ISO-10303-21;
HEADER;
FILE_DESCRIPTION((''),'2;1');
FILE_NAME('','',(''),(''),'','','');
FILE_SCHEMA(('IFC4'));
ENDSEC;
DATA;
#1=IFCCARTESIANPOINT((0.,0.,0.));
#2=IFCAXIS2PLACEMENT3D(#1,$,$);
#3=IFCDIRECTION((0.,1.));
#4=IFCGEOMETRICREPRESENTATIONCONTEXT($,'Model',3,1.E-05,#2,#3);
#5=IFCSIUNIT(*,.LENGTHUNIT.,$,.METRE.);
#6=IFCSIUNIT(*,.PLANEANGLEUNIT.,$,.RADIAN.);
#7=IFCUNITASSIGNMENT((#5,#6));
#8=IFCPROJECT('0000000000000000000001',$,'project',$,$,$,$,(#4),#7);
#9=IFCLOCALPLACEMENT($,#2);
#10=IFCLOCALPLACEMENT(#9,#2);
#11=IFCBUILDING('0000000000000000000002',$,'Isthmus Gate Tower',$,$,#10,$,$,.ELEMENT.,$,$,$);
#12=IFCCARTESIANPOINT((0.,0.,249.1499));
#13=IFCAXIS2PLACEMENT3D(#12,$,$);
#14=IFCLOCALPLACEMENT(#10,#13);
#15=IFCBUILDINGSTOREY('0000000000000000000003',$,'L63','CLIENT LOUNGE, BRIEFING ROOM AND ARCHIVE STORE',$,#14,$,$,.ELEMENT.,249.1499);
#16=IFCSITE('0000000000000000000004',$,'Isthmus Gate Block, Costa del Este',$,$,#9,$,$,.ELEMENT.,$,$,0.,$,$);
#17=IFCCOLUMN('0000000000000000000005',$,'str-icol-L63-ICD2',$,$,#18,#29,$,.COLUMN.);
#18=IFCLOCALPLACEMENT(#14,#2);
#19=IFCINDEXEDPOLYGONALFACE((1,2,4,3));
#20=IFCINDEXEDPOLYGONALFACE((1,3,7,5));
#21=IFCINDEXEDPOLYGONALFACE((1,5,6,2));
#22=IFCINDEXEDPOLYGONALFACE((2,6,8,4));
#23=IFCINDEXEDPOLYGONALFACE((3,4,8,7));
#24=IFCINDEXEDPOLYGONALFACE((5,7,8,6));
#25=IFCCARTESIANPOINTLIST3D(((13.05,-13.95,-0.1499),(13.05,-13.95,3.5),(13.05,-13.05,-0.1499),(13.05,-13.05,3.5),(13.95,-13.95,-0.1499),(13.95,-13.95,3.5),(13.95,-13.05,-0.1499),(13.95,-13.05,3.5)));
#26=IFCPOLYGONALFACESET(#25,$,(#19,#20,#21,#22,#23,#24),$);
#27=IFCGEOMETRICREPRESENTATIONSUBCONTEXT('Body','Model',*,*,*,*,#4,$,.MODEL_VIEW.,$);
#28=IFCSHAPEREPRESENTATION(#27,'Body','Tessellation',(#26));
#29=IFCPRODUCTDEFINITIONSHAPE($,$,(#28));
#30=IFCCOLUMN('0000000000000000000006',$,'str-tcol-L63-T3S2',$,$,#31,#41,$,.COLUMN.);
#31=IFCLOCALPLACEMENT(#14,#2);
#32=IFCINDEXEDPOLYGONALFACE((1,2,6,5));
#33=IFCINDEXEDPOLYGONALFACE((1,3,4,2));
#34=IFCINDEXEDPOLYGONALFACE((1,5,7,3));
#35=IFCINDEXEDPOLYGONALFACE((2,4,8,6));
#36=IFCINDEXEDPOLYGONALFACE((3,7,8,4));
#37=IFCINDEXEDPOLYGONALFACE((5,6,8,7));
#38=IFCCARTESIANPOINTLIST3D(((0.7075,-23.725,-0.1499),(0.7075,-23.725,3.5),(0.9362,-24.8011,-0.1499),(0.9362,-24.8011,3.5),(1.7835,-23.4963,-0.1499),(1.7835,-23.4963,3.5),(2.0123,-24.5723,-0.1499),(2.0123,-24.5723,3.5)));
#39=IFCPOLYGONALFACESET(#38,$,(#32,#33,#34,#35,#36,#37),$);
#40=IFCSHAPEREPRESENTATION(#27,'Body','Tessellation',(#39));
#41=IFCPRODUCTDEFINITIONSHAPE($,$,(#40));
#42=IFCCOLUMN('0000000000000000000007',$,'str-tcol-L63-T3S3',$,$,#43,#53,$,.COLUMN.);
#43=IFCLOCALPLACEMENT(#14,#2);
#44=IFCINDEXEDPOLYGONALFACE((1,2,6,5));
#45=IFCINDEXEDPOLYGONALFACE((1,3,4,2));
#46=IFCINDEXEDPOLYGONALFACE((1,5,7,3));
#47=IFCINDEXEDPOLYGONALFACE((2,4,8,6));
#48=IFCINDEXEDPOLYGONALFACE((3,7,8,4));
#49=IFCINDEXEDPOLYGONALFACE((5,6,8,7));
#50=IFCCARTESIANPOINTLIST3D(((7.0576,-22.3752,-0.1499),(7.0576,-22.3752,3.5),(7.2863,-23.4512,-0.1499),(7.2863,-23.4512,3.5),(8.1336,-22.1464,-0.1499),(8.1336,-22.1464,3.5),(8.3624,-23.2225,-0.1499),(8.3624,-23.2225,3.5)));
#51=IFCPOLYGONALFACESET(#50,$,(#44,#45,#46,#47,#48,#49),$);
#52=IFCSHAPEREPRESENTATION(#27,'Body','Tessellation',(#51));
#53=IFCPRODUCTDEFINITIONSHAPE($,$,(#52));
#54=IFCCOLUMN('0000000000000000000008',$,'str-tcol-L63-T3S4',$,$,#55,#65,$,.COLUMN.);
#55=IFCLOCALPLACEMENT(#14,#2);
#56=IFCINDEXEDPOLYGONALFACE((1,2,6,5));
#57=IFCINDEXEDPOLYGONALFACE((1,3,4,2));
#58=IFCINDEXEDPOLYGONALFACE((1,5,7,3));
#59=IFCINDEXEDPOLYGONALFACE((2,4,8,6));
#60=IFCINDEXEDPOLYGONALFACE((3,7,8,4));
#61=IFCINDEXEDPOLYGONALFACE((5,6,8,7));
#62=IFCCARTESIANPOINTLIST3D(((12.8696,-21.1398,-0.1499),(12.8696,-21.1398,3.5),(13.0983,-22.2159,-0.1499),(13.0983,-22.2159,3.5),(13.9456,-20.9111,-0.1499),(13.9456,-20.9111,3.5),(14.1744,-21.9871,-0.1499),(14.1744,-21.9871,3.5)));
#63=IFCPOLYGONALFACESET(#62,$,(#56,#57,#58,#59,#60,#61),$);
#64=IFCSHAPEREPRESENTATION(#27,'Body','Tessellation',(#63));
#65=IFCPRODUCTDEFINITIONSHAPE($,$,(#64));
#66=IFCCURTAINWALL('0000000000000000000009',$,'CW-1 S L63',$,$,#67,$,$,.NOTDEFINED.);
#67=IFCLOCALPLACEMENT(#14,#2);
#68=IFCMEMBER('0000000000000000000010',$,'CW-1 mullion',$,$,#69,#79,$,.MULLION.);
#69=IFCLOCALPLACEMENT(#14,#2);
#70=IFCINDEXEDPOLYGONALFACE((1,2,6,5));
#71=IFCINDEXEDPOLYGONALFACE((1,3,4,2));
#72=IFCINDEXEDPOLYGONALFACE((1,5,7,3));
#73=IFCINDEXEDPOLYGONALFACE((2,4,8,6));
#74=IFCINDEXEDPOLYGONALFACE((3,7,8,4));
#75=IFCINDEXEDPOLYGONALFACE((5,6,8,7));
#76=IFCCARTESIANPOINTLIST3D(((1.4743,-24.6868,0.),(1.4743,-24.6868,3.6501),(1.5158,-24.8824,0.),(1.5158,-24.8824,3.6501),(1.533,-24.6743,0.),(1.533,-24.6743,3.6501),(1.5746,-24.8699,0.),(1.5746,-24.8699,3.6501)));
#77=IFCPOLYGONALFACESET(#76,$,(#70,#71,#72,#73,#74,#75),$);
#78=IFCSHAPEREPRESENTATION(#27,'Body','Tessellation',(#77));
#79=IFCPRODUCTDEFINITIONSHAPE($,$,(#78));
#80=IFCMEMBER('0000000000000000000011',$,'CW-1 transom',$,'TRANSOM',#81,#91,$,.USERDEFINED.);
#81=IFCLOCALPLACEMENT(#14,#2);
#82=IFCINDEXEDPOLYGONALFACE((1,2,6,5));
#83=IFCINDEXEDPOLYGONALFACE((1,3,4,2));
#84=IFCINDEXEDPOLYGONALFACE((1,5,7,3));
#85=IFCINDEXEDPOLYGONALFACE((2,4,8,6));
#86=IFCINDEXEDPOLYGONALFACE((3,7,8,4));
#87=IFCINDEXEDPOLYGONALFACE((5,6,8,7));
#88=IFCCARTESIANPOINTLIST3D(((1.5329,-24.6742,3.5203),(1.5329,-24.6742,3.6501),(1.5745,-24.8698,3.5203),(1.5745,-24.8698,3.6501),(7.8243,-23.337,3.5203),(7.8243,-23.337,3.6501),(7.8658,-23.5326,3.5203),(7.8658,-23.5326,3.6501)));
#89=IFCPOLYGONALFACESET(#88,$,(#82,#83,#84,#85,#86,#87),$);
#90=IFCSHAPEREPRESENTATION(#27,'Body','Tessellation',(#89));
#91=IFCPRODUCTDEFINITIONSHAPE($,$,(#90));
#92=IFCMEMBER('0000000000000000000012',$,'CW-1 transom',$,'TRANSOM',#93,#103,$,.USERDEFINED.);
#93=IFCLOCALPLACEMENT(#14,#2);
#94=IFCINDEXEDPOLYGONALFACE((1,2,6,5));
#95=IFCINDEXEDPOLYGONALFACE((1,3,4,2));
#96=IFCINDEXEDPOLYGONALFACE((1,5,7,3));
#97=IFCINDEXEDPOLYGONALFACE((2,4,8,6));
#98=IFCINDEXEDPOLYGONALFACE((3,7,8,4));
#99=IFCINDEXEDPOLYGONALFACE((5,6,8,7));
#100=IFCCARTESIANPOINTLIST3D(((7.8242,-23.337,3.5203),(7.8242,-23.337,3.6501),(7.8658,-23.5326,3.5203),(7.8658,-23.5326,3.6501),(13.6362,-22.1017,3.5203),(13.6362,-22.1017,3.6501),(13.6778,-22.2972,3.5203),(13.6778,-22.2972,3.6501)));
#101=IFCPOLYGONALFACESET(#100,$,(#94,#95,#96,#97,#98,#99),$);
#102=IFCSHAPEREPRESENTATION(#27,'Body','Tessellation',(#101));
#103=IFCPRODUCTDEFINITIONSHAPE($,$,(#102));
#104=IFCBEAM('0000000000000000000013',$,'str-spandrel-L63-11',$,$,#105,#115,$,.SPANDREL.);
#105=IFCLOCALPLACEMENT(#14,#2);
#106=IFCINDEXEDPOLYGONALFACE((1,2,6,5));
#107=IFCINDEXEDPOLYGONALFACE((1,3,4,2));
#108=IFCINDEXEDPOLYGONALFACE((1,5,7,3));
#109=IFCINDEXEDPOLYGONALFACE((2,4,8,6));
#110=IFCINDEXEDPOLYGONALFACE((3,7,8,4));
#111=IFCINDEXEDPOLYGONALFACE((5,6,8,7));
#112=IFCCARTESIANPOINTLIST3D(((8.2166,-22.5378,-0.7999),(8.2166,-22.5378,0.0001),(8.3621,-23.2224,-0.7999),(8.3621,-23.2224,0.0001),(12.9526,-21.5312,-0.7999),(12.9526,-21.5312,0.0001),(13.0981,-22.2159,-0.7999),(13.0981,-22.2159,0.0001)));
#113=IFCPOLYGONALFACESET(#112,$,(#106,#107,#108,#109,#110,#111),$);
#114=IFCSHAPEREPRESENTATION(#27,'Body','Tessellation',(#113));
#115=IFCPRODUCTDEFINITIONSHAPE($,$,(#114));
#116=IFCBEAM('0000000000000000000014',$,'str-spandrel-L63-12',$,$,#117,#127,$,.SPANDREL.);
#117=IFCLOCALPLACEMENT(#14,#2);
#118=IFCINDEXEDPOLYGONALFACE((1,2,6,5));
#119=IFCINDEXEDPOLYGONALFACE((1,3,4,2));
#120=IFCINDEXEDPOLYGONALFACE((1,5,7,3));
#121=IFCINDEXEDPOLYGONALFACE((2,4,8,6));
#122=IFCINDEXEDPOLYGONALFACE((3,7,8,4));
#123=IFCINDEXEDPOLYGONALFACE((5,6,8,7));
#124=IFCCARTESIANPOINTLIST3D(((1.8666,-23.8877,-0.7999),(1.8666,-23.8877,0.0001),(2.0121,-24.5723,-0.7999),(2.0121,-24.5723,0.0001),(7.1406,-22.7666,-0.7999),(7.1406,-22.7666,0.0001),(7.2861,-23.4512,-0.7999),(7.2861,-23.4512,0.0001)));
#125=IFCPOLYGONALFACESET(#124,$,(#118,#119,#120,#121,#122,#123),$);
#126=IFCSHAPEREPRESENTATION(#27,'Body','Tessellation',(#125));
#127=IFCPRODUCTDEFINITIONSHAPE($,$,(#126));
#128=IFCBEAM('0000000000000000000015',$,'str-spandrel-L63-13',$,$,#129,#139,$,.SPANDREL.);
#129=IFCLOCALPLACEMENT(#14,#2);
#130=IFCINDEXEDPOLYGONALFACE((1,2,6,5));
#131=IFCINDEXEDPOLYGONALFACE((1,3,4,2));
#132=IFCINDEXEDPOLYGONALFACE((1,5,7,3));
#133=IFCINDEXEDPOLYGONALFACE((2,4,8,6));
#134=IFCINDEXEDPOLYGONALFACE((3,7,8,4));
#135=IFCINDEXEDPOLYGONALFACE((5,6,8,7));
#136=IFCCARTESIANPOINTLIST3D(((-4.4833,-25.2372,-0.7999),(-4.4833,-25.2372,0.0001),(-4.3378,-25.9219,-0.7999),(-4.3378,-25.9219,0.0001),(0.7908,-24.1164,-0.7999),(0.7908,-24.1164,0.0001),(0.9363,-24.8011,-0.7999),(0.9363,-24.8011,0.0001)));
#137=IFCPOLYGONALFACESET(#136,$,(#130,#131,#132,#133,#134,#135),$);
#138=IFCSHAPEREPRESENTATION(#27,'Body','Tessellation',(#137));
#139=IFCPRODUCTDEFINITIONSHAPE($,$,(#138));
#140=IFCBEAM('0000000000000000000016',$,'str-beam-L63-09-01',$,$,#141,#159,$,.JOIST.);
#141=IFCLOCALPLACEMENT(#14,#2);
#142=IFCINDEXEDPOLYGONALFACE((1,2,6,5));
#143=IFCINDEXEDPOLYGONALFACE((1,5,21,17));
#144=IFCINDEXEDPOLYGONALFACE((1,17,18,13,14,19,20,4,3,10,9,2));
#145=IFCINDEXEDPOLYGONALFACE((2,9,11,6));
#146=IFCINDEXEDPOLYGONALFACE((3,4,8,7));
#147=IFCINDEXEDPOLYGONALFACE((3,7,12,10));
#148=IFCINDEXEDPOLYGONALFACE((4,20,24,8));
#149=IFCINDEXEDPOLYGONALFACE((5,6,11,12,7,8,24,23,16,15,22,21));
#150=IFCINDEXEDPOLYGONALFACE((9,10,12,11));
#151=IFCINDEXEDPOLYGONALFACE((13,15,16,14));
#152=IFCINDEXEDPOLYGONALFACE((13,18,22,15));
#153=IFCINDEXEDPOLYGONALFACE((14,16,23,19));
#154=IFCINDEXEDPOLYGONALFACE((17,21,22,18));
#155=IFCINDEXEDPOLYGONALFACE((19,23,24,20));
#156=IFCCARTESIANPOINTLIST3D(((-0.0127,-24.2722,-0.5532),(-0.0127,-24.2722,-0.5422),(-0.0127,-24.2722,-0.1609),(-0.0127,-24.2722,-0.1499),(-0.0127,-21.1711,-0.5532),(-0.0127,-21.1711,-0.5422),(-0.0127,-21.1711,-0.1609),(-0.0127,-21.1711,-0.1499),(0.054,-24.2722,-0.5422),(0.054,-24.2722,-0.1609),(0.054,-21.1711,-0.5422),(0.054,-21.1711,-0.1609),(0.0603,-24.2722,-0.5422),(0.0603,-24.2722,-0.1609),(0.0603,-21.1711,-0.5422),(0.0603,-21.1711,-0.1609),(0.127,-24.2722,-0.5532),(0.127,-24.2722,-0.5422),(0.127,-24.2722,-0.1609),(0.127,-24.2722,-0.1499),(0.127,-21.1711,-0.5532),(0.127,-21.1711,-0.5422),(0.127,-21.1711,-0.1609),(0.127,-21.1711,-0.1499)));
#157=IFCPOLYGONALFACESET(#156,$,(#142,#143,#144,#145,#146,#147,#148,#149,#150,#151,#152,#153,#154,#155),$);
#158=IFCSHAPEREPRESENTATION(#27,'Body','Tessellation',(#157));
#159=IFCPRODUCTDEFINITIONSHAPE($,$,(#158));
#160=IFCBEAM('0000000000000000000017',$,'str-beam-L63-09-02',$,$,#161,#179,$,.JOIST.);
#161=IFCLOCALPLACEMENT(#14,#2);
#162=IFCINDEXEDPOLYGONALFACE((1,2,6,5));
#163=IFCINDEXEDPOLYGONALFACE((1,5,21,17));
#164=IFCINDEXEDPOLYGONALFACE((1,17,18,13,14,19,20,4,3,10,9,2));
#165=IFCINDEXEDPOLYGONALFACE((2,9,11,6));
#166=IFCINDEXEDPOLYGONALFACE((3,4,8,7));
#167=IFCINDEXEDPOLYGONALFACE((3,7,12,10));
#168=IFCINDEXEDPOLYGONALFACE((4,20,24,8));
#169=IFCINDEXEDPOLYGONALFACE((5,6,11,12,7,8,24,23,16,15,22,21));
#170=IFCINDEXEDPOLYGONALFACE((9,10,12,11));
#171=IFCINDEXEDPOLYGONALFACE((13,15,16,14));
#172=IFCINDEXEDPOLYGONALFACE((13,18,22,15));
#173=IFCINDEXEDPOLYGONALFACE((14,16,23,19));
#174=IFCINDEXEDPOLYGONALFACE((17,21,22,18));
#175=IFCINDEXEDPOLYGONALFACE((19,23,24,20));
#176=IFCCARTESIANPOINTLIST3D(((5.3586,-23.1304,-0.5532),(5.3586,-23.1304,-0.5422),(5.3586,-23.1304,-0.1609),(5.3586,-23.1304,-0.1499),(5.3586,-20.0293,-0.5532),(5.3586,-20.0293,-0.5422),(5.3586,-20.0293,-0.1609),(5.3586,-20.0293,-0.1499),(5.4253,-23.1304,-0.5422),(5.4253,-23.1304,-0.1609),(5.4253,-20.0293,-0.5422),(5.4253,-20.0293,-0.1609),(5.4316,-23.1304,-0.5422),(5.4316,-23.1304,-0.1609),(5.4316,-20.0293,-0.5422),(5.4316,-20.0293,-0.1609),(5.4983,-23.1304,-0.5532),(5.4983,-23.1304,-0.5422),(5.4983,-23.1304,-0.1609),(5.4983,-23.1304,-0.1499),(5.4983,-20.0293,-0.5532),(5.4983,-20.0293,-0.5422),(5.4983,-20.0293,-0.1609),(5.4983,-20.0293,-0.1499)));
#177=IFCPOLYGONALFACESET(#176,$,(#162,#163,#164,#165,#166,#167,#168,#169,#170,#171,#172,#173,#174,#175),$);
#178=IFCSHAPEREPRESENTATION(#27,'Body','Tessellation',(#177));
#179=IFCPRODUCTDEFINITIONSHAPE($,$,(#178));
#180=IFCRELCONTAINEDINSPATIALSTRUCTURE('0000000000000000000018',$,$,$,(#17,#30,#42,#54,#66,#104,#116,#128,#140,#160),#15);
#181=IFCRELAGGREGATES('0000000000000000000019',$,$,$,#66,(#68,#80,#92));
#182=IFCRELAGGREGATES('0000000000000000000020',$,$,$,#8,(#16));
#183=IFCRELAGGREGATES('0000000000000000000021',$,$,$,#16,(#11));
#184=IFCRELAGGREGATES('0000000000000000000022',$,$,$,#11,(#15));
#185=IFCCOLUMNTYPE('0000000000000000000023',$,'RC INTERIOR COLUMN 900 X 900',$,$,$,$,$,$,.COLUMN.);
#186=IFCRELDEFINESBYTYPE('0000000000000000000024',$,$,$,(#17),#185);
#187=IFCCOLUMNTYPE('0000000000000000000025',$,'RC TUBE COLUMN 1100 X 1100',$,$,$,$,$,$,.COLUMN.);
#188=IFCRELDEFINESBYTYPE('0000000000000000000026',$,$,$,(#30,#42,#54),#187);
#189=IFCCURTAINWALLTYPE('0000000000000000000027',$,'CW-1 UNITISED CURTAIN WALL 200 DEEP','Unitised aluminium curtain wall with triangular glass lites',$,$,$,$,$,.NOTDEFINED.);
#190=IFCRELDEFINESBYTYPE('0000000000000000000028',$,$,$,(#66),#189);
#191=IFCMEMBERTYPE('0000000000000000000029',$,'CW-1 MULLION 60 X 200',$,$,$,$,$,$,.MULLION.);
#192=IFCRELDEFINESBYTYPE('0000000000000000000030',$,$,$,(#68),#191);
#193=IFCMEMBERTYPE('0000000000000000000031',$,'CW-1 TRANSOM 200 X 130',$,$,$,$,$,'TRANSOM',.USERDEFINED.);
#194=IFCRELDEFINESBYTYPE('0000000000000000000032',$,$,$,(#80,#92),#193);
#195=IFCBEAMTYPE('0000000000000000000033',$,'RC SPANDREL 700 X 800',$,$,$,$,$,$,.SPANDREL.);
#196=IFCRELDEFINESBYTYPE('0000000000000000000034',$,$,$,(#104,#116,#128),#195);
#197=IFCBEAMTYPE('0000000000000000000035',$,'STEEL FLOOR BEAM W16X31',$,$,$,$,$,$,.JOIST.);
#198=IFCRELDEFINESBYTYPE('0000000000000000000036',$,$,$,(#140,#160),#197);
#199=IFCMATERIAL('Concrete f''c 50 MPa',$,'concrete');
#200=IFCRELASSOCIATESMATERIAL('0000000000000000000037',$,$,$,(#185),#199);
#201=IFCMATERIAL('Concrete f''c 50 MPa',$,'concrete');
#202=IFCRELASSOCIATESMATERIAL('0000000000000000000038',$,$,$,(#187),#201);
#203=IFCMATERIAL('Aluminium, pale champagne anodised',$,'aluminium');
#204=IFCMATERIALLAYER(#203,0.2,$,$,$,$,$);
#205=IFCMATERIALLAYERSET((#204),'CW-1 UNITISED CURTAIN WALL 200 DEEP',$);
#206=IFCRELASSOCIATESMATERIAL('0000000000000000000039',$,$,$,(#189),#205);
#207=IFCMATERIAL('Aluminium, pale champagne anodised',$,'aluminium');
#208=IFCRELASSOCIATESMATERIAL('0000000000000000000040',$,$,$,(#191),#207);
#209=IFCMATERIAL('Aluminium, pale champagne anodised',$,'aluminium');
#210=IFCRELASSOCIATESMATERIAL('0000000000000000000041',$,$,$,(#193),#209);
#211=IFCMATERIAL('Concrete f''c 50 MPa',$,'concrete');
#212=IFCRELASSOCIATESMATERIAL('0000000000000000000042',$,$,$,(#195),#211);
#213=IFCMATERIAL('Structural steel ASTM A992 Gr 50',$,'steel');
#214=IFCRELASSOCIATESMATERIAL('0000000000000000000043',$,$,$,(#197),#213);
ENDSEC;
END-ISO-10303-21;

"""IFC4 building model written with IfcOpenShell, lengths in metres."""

from ifc_helpers import new_model, si_unit, direction, frame, origin, origin_2d, place, context, subcontext, project, spatial, rectangle, i_section, extrude, material, layer, layer_set, material_profile, profile_set, type_object, element, aggregate, save


model = new_model("IFC4")

# Units and contexts
model_context = context("Model", 3, precision=1e-05, world=origin(), true_north=direction((0.0, 1.0)))
body_context = subcontext(model_context, "Body", "Model", "MODEL_VIEW")
ifc_project = project(units=[si_unit("LENGTHUNIT", "METRE"), si_unit("PLANEANGLEUNIT", "RADIAN")], contexts=[model_context])

# Site, building, storey
site_placement = place(None, origin())
site = spatial("IfcSite", under=ifc_project, at=site_placement, Name="Isthmus Gate Block, Costa del Este", CompositionType="ELEMENT", RefElevation=0.0)
building_placement = place(site_placement, origin())
building = spatial("IfcBuilding", under=site, at=building_placement, Name="Isthmus Gate Tower", CompositionType="ELEMENT")
storey_placement = place(building_placement, frame((0.0, 0.0, 249.1499)))
storey = spatial("IfcBuildingStorey", under=building, at=storey_placement, Name="L63", Description="CLIENT LOUNGE, BRIEFING ROOM AND ARCHIVE STORE", CompositionType="ELEMENT", Elevation=249.1499)

# Columns
ifc_material_1 = material(Name="Concrete f'c 50 MPa", Category="concrete")
ifc_material_profile_1 = material_profile(ifc_material_1, rectangle(XDim=0.8999, YDim=0.8999, at=origin_2d()), Name="RC 900X900")
ifc_profile_set_1 = profile_set([ifc_material_profile_1], Name="Concrete f'c 50 MPa")
column_type_1 = type_object("IfcColumnType", Name="RC INTERIOR COLUMN 900 X 900", PredefinedType="COLUMN", material=ifc_profile_set_1)
column_placement = place(storey_placement, frame((13.5, -13.5, -0.1499), z_axis=(0.0, 0.0, 1.0), x_axis=(1.0, 0.0, 0.0)))
element("IfcColumn", 1, at=column_placement, inside=storey, type_object=column_type_1, Name="str-icol-L63-ICD2", PredefinedType="COLUMN", context=body_context, shape_type="SweptSolid", body=[
    extrude(rectangle(XDim=0.8999, YDim=0.8999, at=origin_2d()), origin(), (0.0, 0.0, 1.0), 3.6499),
])
ifc_material_2 = material(Name="Concrete f'c 50 MPa", Category="concrete")
ifc_material_profile_2 = material_profile(ifc_material_2, rectangle(XDim=1.1001, YDim=1.1001, at=origin_2d()), Name="RC 1100X1100")
ifc_profile_set_2 = profile_set([ifc_material_profile_2], Name="Concrete f'c 50 MPa")
column_type_2 = type_object("IfcColumnType", Name="RC TUBE COLUMN 1100 X 1100", PredefinedType="COLUMN", material=ifc_profile_set_2)
for number, where, z_axis, x_axis, name in (
    (2, (1.3599, -24.1487, -0.1499), (0.0, 0.0, 1.0), (0.978148, 0.207912, 0.0), "str-tcol-L63-T3S2"),
    (3, (7.71, -22.7988, -0.1499), (0.0, 0.0, 1.0), (0.978148, 0.207912, 0.0), "str-tcol-L63-T3S3"),
    (4, (13.522, -21.5635, -0.1499), (0.0, 0.0, 1.0), (0.978148, 0.207912, 0.0), "str-tcol-L63-T3S4"),
):
    element("IfcColumn", number, at=place(storey_placement, frame(where, z_axis=z_axis, x_axis=x_axis)), inside=storey, type_object=column_type_2, Name=name, PredefinedType="COLUMN", context=body_context, shape_type="SweptSolid", body=[
        extrude(rectangle(XDim=1.1001, YDim=1.1001, at=origin_2d()), origin(), (0.0, 0.0, 1.0), 3.6499),
    ])

# Curtain wall, members
ifc_material_3 = material(Name="Aluminium, pale champagne anodised", Category="aluminium")
ifc_layer_1 = layer(ifc_material_3, 0.2)
ifc_layer_set_1 = layer_set([ifc_layer_1], Name="CW-1 UNITISED CURTAIN WALL 200 DEEP")
curtain_wall_type = type_object("IfcCurtainWallType", Name="CW-1 UNITISED CURTAIN WALL 200 DEEP", Description="Unitised aluminium curtain wall with triangular glass lites", PredefinedType="NOTDEFINED", material=ifc_layer_set_1)
curtain_wall_placement = place(storey_placement, origin())
curtain_wall = element("IfcCurtainWall", 5, at=curtain_wall_placement, inside=storey, type_object=curtain_wall_type, Name="CW-1 S L63", PredefinedType="NOTDEFINED")
ifc_material_4 = material(Name="Aluminium, pale champagne anodised", Category="aluminium")
ifc_material_profile_3 = material_profile(ifc_material_4, rectangle(XDim=0.0601, YDim=0.2, at=origin_2d()), Name="60x200")
ifc_profile_set_3 = profile_set([ifc_material_profile_3], Name="Aluminium, pale champagne anodised")
member_type_1 = type_object("IfcMemberType", Name="CW-1 MULLION 60 X 200", PredefinedType="MULLION", material=ifc_profile_set_3)
member_1_placement = place(storey_placement, frame((1.5244, -24.7783, 0.0), z_axis=(0.0, 0.0, 1.0), x_axis=(0.978148, 0.207912, 0.0)))
member_1 = element("IfcMember", 6, at=member_1_placement, type_object=member_type_1, Name="CW-1 mullion", PredefinedType="MULLION", context=body_context, shape_type="SweptSolid", body=[
    extrude(rectangle(XDim=0.0601, YDim=0.2, at=origin_2d()), origin(), (0.0, 0.0, 1.0), 3.6501),
])
ifc_material_5 = material(Name="Aluminium, pale champagne anodised", Category="aluminium")
ifc_material_profile_4 = material_profile(ifc_material_5, rectangle(XDim=0.2, YDim=0.1299, at=origin_2d()), Name="200x130")
ifc_profile_set_4 = profile_set([ifc_material_profile_4], Name="Aluminium, pale champagne anodised")
member_type_2 = type_object("IfcMemberType", Name="CW-1 TRANSOM 200 X 130", ElementType="TRANSOM", PredefinedType="USERDEFINED", material=ifc_profile_set_4)
member_2_placement = place(storey_placement, frame((1.5537, -24.772, 3.5852), z_axis=(0.97815, 0.207898, 0.0), x_axis=(-0.207898, 0.97815, 0.0)))
member_2 = element("IfcMember", 7, at=member_2_placement, type_object=member_type_2, Name="CW-1 transom", ObjectType="TRANSOM", PredefinedType="USERDEFINED", context=body_context, shape_type="SweptSolid", body=[
    extrude(rectangle(XDim=0.2, YDim=0.1299, at=origin_2d()), origin(), (0.0, 0.0, 1.0), 6.4319),
])
member_3_placement = place(storey_placement, frame((7.845, -23.4348, 3.5852), z_axis=(0.978149, 0.207907, 0.0), x_axis=(-0.207907, 0.978149, 0.0)))
member_3 = element("IfcMember", 8, at=member_3_placement, type_object=member_type_2, Name="CW-1 transom", ObjectType="TRANSOM", PredefinedType="USERDEFINED", context=body_context, shape_type="SweptSolid", body=[
    extrude(rectangle(XDim=0.2, YDim=0.1299, at=origin_2d()), origin(), (0.0, 0.0, 1.0), 5.9419),
])

# Beams
ifc_material_6 = material(Name="Concrete f'c 50 MPa", Category="concrete")
ifc_material_profile_5 = material_profile(ifc_material_6, rectangle(XDim=0.7, YDim=0.8, at=origin_2d()), Name="RC 700X800")
ifc_profile_set_5 = profile_set([ifc_material_profile_5], Name="Concrete f'c 50 MPa")
beam_type_1 = type_object("IfcBeamType", Name="RC SPANDREL 700 X 800", PredefinedType="SPANDREL", material=ifc_profile_set_5)
beam_1_placement = place(storey_placement, frame((13.0254, -21.8735, -0.3999), z_axis=(-0.978152, -0.207893, 0.0), x_axis=(0.207893, -0.978152, 0.0)))
element("IfcBeam", 9, at=beam_1_placement, inside=storey, type_object=beam_type_1, Name="str-spandrel-L63-11", PredefinedType="SPANDREL", context=body_context, shape_type="SweptSolid", body=[
    extrude(rectangle(XDim=0.7, YDim=0.8, at=origin_2d()), origin(), (0.0, 0.0, 1.0), 4.8418),
])
for number, where, z_axis, x_axis, name in (
    (10, (7.2134, -23.1089, -0.3999), (-0.978144, -0.207927, 0.0), (0.207927, -0.978144, 0.0), "str-spandrel-L63-12"),
    (11, (0.8635, -24.4587, -0.3999), (-0.978156, -0.207874, 0.0), (0.207874, -0.978156, 0.0), "str-spandrel-L63-13"),
):
    element("IfcBeam", number, at=place(storey_placement, frame(where, z_axis=z_axis, x_axis=x_axis)), inside=storey, type_object=beam_type_1, Name=name, PredefinedType="SPANDREL", context=body_context, shape_type="SweptSolid", body=[
        extrude(rectangle(XDim=0.7, YDim=0.8, at=origin_2d()), origin(), (0.0, 0.0, 1.0), 5.3918),
    ])
ifc_material_7 = material(Name="Structural steel ASTM A992 Gr 50", Category="steel")
ifc_material_profile_6 = material_profile(ifc_material_7, i_section(OverallWidth=0.1396, OverallDepth=0.4033, WebThickness=0.0063, FlangeThickness=0.011, at=origin_2d()), Name="W16X31")
ifc_profile_set_6 = profile_set([ifc_material_profile_6], Name="Structural steel ASTM A992 Gr 50")
beam_type_2 = type_object("IfcBeamType", Name="STEEL FLOOR BEAM W16X31", PredefinedType="JOIST", material=ifc_profile_set_6)
for number, where, z_axis, x_axis, name in (
    (12, (0.0571, -24.2722, -0.3516), (0.0, 1.0, 0.0), (-1.0, 0.0, 0.0), "str-beam-L63-09-01"),
    (13, (5.4285, -23.1304, -0.3516), (0.0, 1.0, 0.0), (-1.0, 0.0, 0.0), "str-beam-L63-09-02"),
):
    element("IfcBeam", number, at=place(storey_placement, frame(where, z_axis=z_axis, x_axis=x_axis)), inside=storey, type_object=beam_type_2, Name=name, PredefinedType="JOIST", context=body_context, shape_type="SweptSolid", body=[
        extrude(i_section(OverallWidth=0.1396, OverallDepth=0.4033, WebThickness=0.0063, FlangeThickness=0.011, at=origin_2d()), origin(), (0.0, 0.0, 1.0), 3.1011),
    ])

aggregate(curtain_wall, [member_1, member_2, member_3])

save(model, "model.ifc")
